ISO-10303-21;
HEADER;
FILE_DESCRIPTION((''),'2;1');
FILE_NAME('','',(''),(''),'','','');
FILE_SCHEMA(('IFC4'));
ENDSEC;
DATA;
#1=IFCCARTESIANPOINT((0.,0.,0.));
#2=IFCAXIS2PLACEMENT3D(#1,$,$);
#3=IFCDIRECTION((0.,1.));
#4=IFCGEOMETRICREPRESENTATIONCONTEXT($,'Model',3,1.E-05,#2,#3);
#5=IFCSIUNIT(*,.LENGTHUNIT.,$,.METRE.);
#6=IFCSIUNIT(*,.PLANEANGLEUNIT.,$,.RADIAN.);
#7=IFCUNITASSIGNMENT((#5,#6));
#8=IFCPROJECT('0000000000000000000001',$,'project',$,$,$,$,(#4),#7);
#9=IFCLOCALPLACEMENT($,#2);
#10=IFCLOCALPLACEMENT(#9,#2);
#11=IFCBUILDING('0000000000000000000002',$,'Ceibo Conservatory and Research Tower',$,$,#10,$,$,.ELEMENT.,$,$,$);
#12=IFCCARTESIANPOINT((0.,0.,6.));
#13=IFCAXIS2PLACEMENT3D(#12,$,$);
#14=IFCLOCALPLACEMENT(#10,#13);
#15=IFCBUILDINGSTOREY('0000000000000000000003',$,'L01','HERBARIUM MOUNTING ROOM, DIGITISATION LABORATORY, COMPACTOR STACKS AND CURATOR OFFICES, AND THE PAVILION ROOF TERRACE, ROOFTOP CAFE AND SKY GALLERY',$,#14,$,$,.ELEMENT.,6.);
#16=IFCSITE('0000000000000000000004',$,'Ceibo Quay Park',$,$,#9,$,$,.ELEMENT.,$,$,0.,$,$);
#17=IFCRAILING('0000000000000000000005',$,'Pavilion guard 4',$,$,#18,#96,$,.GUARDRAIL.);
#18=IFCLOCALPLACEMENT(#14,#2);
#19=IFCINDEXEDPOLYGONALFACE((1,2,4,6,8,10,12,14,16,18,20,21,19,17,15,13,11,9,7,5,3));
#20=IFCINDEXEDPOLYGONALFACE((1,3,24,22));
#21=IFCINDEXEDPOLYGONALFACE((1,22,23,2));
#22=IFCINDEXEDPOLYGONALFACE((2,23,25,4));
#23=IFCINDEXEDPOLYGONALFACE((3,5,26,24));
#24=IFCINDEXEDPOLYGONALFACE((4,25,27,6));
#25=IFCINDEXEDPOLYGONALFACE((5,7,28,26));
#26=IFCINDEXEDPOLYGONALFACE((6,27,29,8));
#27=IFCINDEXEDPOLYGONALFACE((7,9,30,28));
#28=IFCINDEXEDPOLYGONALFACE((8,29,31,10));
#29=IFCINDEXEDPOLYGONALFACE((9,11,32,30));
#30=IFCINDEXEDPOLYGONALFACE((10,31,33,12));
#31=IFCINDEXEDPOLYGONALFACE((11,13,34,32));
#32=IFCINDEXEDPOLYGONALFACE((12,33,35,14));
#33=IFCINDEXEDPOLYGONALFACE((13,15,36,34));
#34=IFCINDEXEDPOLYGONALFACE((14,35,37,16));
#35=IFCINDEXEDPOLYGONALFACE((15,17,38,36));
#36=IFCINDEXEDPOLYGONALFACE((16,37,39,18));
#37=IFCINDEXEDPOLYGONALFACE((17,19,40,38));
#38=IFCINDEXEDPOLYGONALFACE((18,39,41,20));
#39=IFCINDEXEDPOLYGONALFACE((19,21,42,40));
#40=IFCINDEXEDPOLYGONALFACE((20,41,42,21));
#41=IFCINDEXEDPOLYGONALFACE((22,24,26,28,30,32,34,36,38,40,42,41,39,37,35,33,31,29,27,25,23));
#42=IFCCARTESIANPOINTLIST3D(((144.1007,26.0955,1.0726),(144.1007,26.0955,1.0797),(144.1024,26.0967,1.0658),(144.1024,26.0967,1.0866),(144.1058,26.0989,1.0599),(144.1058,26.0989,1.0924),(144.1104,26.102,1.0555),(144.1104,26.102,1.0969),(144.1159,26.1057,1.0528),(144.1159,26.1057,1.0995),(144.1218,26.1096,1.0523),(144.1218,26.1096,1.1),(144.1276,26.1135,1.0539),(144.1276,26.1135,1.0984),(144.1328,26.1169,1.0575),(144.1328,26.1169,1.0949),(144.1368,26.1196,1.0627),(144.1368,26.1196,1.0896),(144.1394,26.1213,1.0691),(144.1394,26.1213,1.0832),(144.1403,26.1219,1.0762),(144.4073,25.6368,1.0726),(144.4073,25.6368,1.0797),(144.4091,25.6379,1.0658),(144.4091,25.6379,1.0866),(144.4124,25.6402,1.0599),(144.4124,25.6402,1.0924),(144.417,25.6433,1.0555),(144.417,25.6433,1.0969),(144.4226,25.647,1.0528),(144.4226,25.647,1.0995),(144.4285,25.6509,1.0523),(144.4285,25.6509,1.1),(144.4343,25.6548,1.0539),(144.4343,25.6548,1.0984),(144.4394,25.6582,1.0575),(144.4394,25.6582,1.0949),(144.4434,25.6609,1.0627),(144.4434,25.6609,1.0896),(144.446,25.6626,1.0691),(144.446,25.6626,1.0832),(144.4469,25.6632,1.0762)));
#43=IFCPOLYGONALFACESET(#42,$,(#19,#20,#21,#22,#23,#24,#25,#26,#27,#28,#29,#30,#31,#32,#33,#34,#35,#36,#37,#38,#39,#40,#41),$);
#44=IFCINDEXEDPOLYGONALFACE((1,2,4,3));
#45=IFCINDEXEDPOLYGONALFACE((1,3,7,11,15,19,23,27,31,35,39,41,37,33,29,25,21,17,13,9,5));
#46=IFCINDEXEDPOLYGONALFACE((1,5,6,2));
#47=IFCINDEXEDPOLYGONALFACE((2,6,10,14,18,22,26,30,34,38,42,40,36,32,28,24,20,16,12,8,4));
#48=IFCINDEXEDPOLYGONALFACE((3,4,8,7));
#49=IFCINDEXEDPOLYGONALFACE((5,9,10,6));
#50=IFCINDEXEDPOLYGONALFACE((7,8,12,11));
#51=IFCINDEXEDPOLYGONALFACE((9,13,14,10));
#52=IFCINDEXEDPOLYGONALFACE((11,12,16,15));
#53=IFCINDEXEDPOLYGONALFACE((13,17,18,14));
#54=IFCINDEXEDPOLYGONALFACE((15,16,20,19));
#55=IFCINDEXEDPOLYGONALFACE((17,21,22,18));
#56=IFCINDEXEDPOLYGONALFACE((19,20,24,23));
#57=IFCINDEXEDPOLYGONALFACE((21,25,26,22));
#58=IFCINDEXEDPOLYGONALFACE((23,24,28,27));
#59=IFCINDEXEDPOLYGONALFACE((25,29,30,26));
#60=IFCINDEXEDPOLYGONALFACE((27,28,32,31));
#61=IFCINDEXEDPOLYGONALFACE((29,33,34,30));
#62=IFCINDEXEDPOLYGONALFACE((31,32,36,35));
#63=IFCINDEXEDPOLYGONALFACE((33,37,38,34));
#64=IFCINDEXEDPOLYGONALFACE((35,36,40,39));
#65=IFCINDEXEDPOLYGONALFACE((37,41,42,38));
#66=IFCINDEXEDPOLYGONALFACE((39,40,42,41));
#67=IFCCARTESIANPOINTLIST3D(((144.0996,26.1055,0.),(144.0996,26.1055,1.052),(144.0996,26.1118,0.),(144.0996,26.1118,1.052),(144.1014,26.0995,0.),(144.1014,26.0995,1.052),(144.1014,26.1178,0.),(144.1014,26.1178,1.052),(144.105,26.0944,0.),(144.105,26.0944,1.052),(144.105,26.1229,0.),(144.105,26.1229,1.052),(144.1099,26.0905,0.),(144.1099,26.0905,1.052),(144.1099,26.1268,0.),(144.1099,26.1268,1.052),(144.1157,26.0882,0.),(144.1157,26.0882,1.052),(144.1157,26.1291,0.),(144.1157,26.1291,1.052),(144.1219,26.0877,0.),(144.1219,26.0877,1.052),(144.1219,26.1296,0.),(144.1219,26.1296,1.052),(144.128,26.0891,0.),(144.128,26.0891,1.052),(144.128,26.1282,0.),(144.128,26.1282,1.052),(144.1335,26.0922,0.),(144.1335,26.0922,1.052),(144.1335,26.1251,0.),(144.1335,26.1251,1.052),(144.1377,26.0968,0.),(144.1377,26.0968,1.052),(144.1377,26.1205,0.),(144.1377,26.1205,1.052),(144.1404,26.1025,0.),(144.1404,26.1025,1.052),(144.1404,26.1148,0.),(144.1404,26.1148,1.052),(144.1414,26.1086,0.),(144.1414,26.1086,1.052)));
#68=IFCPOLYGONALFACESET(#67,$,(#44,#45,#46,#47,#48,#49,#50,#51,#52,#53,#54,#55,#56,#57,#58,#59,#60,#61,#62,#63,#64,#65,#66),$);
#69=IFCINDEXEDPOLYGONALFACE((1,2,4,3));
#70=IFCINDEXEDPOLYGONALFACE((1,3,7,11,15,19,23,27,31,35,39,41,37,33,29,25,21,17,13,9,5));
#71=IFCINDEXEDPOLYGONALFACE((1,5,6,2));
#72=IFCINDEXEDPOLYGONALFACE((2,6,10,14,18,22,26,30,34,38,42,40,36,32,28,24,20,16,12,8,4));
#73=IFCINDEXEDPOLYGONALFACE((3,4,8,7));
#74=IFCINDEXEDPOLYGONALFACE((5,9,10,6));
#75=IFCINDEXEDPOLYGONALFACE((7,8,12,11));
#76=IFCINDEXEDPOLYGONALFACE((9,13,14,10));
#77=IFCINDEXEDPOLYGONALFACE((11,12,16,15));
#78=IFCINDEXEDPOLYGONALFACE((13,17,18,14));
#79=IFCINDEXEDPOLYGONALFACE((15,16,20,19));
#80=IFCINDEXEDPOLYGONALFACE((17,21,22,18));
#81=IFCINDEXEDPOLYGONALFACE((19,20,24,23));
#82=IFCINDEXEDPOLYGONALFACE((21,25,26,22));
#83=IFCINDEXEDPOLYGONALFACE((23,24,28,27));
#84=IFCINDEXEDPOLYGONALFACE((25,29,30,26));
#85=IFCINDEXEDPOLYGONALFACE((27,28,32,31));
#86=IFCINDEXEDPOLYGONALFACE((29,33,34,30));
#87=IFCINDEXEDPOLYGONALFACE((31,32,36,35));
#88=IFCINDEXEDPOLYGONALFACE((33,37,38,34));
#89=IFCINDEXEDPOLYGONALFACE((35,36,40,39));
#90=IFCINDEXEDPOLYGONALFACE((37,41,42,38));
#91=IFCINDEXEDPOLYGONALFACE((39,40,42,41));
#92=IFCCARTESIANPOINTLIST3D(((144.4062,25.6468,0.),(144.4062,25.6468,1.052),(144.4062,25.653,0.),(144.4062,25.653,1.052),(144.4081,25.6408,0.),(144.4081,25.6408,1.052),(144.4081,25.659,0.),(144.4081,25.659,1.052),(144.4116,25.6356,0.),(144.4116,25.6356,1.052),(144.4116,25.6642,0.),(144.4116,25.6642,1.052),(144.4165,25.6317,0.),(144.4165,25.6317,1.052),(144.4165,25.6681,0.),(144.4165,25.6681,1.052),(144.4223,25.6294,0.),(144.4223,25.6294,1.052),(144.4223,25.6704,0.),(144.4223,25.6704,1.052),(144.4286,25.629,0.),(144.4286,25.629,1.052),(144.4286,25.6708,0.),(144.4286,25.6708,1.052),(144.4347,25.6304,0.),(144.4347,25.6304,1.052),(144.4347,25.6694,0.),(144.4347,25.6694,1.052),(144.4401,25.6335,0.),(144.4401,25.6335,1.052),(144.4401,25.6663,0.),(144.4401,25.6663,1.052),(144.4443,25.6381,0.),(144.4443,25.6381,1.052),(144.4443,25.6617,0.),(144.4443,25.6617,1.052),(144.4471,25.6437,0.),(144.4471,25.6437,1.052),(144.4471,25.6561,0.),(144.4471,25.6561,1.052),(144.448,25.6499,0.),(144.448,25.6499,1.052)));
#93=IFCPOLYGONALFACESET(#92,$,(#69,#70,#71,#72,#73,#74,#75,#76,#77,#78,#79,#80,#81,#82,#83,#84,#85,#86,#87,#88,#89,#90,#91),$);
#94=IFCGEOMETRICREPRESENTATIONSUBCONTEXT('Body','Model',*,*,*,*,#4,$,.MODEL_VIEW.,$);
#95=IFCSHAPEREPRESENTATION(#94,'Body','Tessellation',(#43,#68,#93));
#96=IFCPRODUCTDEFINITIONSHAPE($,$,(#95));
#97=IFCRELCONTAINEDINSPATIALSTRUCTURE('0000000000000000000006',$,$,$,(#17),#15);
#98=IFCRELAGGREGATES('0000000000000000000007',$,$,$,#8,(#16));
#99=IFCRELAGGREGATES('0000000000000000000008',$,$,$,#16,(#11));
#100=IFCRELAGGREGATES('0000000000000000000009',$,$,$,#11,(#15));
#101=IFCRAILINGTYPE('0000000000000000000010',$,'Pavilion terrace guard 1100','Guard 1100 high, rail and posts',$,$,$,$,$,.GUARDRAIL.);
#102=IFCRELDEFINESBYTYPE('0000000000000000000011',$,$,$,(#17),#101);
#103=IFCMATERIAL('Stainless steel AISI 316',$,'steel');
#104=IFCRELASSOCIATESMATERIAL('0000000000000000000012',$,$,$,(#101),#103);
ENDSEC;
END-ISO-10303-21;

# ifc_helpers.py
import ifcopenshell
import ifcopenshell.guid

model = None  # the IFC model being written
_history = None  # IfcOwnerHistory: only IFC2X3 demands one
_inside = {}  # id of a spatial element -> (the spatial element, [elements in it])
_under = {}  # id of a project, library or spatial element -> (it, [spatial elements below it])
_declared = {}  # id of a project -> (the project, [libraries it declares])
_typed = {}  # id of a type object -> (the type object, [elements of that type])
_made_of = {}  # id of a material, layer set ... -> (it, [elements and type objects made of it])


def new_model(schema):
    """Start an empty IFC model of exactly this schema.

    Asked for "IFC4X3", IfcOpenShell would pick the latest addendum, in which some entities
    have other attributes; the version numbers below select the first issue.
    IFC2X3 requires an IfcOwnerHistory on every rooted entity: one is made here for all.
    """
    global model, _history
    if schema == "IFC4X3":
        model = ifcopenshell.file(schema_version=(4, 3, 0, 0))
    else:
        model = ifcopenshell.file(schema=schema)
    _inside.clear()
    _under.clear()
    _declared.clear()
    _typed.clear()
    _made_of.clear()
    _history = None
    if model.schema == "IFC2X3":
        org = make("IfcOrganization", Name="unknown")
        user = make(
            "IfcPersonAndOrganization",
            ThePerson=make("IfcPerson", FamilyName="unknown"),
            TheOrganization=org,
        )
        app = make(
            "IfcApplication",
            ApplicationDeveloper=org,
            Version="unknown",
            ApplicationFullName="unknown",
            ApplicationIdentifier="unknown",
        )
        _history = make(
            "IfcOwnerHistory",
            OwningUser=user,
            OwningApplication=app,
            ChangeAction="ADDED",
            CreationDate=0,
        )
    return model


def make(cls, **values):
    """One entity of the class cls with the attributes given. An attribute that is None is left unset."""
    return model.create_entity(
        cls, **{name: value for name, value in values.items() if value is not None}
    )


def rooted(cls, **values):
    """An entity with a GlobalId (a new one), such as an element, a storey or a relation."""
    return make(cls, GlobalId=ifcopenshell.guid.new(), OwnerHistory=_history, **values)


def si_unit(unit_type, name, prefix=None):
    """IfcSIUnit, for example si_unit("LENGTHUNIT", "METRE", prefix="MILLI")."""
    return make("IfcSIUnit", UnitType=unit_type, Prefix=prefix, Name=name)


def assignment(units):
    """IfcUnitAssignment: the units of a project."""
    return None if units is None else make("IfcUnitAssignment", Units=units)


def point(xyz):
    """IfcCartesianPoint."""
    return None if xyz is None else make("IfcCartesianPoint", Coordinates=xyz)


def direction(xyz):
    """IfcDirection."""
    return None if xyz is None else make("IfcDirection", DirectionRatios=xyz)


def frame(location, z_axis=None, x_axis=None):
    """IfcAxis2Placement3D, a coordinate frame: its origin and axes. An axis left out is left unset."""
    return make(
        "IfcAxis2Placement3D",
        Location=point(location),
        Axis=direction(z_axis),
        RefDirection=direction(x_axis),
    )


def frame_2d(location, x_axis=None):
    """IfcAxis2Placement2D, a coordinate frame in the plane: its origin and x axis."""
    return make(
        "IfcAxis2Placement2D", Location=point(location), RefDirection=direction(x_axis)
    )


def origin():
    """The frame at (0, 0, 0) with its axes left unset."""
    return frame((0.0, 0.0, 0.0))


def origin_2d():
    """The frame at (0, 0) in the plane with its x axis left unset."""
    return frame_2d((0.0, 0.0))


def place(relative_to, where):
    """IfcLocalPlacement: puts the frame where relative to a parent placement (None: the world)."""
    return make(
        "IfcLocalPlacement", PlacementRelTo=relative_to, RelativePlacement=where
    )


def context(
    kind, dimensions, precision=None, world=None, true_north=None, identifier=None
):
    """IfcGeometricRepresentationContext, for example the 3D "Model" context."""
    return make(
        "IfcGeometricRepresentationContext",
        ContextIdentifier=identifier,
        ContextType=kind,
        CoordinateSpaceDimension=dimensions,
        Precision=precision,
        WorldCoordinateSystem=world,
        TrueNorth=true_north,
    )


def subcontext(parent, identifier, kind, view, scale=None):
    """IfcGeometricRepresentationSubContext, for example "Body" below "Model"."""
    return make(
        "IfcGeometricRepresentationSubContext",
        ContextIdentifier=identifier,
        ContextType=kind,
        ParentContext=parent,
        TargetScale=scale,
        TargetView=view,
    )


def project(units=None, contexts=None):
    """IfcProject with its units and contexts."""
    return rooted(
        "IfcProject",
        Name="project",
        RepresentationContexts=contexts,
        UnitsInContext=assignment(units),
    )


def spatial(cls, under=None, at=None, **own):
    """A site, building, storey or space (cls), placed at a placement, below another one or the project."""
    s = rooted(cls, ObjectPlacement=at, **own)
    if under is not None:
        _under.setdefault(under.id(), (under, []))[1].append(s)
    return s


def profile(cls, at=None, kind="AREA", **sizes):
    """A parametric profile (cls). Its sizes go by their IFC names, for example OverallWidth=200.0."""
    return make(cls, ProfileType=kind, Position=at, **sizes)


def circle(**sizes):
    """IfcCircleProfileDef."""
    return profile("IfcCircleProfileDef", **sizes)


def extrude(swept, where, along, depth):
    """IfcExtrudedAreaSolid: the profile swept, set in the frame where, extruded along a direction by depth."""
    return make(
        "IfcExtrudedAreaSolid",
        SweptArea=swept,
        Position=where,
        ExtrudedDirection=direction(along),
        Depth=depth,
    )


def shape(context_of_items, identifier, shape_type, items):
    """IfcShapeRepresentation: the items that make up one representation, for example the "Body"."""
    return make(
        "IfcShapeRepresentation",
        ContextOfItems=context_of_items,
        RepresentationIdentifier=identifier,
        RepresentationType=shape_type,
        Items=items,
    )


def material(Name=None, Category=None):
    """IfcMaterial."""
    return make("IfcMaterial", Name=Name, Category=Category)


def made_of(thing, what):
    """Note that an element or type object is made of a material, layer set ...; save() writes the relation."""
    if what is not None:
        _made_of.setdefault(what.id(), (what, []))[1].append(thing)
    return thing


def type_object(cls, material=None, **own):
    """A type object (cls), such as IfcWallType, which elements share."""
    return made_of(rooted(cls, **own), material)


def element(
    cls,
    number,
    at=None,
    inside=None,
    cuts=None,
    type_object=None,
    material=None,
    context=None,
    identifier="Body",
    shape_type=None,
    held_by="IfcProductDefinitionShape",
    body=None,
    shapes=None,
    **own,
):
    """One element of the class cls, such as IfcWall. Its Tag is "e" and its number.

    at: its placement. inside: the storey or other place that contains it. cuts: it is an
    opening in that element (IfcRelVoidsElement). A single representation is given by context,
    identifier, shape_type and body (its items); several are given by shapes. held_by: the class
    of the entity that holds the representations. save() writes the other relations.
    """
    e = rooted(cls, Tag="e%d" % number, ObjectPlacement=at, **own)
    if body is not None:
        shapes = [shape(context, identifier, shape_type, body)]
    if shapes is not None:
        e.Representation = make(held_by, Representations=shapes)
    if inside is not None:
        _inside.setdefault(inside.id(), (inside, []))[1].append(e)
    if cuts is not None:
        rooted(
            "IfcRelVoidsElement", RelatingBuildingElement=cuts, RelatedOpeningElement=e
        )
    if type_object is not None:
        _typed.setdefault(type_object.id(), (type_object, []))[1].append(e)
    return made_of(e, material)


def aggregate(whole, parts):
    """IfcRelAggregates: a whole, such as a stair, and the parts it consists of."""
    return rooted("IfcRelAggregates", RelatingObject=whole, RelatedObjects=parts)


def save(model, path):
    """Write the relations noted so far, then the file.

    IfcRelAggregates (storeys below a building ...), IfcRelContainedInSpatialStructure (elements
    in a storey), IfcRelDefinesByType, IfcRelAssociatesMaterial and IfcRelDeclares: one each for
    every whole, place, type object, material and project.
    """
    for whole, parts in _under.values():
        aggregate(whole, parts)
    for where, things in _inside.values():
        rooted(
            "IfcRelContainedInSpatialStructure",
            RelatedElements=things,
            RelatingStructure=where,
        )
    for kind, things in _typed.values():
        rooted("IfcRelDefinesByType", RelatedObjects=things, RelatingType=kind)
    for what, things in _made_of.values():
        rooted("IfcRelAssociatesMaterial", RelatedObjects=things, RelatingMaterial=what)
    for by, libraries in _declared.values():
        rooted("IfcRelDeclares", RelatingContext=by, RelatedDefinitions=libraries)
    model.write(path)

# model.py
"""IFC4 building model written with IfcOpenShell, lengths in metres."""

from ifc_helpers import new_model, si_unit, direction, frame, origin, origin_2d, place, context, subcontext, project, spatial, circle, extrude, material, type_object, element, save


model = new_model("IFC4")

# Units and contexts
model_context = context("Model", 3, precision=1e-05, world=origin(), true_north=direction((0.0, 1.0)))
body_context = subcontext(model_context, "Body", "Model", "MODEL_VIEW")
ifc_project = project(units=[si_unit("LENGTHUNIT", "METRE"), si_unit("PLANEANGLEUNIT", "RADIAN")], contexts=[model_context])

# Site, building, storey
site_placement = place(None, origin())
site = spatial("IfcSite", under=ifc_project, at=site_placement, Name="Ceibo Quay Park", CompositionType="ELEMENT", RefElevation=0.0)
building_placement = place(site_placement, origin())
building = spatial("IfcBuilding", under=site, at=building_placement, Name="Ceibo Conservatory and Research Tower", CompositionType="ELEMENT")
storey_placement = place(building_placement, frame((0.0, 0.0, 6.0)))
storey = spatial("IfcBuildingStorey", under=building, at=storey_placement, Name="L01", Description="HERBARIUM MOUNTING ROOM, DIGITISATION LABORATORY, COMPACTOR STACKS AND CURATOR OFFICES, AND THE PAVILION ROOF TERRACE, ROOFTOP CAFE AND SKY GALLERY", CompositionType="ELEMENT", Elevation=6.0)

# Railing
ifc_material_1 = material(Name="Stainless steel AISI 316", Category="steel")
railing_type = type_object("IfcRailingType", Name="Pavilion terrace guard 1100", Description="Guard 1100 high, rail and posts", PredefinedType="GUARDRAIL", material=ifc_material_1)
railing_placement = place(storey_placement, frame((144.1204, 26.1086, 0.0)))
element("IfcRailing", 1, at=railing_placement, inside=storey, type_object=railing_type, Name="Pavilion guard 4", PredefinedType="GUARDRAIL", context=body_context, shape_type="SweptSolid", body=[
    extrude(circle(Radius=0.0239, at=origin_2d()), frame((0.0, 0.0, 1.0762), z_axis=(0.555721, -0.831369, 0.0), x_axis=(0.831369, 0.555721, 0.0)), (0.0, 0.0, 1.0), 0.5518),
    extrude(circle(Radius=0.021, at=origin_2d()), origin(), (0.0, 0.0, 1.0), 1.052),
    extrude(circle(Radius=0.021, at=origin_2d()), frame((0.3066, -0.4587, 0.0)), (0.0, 0.0, 1.0), 1.052),
])

save(model, "model.ifc")
